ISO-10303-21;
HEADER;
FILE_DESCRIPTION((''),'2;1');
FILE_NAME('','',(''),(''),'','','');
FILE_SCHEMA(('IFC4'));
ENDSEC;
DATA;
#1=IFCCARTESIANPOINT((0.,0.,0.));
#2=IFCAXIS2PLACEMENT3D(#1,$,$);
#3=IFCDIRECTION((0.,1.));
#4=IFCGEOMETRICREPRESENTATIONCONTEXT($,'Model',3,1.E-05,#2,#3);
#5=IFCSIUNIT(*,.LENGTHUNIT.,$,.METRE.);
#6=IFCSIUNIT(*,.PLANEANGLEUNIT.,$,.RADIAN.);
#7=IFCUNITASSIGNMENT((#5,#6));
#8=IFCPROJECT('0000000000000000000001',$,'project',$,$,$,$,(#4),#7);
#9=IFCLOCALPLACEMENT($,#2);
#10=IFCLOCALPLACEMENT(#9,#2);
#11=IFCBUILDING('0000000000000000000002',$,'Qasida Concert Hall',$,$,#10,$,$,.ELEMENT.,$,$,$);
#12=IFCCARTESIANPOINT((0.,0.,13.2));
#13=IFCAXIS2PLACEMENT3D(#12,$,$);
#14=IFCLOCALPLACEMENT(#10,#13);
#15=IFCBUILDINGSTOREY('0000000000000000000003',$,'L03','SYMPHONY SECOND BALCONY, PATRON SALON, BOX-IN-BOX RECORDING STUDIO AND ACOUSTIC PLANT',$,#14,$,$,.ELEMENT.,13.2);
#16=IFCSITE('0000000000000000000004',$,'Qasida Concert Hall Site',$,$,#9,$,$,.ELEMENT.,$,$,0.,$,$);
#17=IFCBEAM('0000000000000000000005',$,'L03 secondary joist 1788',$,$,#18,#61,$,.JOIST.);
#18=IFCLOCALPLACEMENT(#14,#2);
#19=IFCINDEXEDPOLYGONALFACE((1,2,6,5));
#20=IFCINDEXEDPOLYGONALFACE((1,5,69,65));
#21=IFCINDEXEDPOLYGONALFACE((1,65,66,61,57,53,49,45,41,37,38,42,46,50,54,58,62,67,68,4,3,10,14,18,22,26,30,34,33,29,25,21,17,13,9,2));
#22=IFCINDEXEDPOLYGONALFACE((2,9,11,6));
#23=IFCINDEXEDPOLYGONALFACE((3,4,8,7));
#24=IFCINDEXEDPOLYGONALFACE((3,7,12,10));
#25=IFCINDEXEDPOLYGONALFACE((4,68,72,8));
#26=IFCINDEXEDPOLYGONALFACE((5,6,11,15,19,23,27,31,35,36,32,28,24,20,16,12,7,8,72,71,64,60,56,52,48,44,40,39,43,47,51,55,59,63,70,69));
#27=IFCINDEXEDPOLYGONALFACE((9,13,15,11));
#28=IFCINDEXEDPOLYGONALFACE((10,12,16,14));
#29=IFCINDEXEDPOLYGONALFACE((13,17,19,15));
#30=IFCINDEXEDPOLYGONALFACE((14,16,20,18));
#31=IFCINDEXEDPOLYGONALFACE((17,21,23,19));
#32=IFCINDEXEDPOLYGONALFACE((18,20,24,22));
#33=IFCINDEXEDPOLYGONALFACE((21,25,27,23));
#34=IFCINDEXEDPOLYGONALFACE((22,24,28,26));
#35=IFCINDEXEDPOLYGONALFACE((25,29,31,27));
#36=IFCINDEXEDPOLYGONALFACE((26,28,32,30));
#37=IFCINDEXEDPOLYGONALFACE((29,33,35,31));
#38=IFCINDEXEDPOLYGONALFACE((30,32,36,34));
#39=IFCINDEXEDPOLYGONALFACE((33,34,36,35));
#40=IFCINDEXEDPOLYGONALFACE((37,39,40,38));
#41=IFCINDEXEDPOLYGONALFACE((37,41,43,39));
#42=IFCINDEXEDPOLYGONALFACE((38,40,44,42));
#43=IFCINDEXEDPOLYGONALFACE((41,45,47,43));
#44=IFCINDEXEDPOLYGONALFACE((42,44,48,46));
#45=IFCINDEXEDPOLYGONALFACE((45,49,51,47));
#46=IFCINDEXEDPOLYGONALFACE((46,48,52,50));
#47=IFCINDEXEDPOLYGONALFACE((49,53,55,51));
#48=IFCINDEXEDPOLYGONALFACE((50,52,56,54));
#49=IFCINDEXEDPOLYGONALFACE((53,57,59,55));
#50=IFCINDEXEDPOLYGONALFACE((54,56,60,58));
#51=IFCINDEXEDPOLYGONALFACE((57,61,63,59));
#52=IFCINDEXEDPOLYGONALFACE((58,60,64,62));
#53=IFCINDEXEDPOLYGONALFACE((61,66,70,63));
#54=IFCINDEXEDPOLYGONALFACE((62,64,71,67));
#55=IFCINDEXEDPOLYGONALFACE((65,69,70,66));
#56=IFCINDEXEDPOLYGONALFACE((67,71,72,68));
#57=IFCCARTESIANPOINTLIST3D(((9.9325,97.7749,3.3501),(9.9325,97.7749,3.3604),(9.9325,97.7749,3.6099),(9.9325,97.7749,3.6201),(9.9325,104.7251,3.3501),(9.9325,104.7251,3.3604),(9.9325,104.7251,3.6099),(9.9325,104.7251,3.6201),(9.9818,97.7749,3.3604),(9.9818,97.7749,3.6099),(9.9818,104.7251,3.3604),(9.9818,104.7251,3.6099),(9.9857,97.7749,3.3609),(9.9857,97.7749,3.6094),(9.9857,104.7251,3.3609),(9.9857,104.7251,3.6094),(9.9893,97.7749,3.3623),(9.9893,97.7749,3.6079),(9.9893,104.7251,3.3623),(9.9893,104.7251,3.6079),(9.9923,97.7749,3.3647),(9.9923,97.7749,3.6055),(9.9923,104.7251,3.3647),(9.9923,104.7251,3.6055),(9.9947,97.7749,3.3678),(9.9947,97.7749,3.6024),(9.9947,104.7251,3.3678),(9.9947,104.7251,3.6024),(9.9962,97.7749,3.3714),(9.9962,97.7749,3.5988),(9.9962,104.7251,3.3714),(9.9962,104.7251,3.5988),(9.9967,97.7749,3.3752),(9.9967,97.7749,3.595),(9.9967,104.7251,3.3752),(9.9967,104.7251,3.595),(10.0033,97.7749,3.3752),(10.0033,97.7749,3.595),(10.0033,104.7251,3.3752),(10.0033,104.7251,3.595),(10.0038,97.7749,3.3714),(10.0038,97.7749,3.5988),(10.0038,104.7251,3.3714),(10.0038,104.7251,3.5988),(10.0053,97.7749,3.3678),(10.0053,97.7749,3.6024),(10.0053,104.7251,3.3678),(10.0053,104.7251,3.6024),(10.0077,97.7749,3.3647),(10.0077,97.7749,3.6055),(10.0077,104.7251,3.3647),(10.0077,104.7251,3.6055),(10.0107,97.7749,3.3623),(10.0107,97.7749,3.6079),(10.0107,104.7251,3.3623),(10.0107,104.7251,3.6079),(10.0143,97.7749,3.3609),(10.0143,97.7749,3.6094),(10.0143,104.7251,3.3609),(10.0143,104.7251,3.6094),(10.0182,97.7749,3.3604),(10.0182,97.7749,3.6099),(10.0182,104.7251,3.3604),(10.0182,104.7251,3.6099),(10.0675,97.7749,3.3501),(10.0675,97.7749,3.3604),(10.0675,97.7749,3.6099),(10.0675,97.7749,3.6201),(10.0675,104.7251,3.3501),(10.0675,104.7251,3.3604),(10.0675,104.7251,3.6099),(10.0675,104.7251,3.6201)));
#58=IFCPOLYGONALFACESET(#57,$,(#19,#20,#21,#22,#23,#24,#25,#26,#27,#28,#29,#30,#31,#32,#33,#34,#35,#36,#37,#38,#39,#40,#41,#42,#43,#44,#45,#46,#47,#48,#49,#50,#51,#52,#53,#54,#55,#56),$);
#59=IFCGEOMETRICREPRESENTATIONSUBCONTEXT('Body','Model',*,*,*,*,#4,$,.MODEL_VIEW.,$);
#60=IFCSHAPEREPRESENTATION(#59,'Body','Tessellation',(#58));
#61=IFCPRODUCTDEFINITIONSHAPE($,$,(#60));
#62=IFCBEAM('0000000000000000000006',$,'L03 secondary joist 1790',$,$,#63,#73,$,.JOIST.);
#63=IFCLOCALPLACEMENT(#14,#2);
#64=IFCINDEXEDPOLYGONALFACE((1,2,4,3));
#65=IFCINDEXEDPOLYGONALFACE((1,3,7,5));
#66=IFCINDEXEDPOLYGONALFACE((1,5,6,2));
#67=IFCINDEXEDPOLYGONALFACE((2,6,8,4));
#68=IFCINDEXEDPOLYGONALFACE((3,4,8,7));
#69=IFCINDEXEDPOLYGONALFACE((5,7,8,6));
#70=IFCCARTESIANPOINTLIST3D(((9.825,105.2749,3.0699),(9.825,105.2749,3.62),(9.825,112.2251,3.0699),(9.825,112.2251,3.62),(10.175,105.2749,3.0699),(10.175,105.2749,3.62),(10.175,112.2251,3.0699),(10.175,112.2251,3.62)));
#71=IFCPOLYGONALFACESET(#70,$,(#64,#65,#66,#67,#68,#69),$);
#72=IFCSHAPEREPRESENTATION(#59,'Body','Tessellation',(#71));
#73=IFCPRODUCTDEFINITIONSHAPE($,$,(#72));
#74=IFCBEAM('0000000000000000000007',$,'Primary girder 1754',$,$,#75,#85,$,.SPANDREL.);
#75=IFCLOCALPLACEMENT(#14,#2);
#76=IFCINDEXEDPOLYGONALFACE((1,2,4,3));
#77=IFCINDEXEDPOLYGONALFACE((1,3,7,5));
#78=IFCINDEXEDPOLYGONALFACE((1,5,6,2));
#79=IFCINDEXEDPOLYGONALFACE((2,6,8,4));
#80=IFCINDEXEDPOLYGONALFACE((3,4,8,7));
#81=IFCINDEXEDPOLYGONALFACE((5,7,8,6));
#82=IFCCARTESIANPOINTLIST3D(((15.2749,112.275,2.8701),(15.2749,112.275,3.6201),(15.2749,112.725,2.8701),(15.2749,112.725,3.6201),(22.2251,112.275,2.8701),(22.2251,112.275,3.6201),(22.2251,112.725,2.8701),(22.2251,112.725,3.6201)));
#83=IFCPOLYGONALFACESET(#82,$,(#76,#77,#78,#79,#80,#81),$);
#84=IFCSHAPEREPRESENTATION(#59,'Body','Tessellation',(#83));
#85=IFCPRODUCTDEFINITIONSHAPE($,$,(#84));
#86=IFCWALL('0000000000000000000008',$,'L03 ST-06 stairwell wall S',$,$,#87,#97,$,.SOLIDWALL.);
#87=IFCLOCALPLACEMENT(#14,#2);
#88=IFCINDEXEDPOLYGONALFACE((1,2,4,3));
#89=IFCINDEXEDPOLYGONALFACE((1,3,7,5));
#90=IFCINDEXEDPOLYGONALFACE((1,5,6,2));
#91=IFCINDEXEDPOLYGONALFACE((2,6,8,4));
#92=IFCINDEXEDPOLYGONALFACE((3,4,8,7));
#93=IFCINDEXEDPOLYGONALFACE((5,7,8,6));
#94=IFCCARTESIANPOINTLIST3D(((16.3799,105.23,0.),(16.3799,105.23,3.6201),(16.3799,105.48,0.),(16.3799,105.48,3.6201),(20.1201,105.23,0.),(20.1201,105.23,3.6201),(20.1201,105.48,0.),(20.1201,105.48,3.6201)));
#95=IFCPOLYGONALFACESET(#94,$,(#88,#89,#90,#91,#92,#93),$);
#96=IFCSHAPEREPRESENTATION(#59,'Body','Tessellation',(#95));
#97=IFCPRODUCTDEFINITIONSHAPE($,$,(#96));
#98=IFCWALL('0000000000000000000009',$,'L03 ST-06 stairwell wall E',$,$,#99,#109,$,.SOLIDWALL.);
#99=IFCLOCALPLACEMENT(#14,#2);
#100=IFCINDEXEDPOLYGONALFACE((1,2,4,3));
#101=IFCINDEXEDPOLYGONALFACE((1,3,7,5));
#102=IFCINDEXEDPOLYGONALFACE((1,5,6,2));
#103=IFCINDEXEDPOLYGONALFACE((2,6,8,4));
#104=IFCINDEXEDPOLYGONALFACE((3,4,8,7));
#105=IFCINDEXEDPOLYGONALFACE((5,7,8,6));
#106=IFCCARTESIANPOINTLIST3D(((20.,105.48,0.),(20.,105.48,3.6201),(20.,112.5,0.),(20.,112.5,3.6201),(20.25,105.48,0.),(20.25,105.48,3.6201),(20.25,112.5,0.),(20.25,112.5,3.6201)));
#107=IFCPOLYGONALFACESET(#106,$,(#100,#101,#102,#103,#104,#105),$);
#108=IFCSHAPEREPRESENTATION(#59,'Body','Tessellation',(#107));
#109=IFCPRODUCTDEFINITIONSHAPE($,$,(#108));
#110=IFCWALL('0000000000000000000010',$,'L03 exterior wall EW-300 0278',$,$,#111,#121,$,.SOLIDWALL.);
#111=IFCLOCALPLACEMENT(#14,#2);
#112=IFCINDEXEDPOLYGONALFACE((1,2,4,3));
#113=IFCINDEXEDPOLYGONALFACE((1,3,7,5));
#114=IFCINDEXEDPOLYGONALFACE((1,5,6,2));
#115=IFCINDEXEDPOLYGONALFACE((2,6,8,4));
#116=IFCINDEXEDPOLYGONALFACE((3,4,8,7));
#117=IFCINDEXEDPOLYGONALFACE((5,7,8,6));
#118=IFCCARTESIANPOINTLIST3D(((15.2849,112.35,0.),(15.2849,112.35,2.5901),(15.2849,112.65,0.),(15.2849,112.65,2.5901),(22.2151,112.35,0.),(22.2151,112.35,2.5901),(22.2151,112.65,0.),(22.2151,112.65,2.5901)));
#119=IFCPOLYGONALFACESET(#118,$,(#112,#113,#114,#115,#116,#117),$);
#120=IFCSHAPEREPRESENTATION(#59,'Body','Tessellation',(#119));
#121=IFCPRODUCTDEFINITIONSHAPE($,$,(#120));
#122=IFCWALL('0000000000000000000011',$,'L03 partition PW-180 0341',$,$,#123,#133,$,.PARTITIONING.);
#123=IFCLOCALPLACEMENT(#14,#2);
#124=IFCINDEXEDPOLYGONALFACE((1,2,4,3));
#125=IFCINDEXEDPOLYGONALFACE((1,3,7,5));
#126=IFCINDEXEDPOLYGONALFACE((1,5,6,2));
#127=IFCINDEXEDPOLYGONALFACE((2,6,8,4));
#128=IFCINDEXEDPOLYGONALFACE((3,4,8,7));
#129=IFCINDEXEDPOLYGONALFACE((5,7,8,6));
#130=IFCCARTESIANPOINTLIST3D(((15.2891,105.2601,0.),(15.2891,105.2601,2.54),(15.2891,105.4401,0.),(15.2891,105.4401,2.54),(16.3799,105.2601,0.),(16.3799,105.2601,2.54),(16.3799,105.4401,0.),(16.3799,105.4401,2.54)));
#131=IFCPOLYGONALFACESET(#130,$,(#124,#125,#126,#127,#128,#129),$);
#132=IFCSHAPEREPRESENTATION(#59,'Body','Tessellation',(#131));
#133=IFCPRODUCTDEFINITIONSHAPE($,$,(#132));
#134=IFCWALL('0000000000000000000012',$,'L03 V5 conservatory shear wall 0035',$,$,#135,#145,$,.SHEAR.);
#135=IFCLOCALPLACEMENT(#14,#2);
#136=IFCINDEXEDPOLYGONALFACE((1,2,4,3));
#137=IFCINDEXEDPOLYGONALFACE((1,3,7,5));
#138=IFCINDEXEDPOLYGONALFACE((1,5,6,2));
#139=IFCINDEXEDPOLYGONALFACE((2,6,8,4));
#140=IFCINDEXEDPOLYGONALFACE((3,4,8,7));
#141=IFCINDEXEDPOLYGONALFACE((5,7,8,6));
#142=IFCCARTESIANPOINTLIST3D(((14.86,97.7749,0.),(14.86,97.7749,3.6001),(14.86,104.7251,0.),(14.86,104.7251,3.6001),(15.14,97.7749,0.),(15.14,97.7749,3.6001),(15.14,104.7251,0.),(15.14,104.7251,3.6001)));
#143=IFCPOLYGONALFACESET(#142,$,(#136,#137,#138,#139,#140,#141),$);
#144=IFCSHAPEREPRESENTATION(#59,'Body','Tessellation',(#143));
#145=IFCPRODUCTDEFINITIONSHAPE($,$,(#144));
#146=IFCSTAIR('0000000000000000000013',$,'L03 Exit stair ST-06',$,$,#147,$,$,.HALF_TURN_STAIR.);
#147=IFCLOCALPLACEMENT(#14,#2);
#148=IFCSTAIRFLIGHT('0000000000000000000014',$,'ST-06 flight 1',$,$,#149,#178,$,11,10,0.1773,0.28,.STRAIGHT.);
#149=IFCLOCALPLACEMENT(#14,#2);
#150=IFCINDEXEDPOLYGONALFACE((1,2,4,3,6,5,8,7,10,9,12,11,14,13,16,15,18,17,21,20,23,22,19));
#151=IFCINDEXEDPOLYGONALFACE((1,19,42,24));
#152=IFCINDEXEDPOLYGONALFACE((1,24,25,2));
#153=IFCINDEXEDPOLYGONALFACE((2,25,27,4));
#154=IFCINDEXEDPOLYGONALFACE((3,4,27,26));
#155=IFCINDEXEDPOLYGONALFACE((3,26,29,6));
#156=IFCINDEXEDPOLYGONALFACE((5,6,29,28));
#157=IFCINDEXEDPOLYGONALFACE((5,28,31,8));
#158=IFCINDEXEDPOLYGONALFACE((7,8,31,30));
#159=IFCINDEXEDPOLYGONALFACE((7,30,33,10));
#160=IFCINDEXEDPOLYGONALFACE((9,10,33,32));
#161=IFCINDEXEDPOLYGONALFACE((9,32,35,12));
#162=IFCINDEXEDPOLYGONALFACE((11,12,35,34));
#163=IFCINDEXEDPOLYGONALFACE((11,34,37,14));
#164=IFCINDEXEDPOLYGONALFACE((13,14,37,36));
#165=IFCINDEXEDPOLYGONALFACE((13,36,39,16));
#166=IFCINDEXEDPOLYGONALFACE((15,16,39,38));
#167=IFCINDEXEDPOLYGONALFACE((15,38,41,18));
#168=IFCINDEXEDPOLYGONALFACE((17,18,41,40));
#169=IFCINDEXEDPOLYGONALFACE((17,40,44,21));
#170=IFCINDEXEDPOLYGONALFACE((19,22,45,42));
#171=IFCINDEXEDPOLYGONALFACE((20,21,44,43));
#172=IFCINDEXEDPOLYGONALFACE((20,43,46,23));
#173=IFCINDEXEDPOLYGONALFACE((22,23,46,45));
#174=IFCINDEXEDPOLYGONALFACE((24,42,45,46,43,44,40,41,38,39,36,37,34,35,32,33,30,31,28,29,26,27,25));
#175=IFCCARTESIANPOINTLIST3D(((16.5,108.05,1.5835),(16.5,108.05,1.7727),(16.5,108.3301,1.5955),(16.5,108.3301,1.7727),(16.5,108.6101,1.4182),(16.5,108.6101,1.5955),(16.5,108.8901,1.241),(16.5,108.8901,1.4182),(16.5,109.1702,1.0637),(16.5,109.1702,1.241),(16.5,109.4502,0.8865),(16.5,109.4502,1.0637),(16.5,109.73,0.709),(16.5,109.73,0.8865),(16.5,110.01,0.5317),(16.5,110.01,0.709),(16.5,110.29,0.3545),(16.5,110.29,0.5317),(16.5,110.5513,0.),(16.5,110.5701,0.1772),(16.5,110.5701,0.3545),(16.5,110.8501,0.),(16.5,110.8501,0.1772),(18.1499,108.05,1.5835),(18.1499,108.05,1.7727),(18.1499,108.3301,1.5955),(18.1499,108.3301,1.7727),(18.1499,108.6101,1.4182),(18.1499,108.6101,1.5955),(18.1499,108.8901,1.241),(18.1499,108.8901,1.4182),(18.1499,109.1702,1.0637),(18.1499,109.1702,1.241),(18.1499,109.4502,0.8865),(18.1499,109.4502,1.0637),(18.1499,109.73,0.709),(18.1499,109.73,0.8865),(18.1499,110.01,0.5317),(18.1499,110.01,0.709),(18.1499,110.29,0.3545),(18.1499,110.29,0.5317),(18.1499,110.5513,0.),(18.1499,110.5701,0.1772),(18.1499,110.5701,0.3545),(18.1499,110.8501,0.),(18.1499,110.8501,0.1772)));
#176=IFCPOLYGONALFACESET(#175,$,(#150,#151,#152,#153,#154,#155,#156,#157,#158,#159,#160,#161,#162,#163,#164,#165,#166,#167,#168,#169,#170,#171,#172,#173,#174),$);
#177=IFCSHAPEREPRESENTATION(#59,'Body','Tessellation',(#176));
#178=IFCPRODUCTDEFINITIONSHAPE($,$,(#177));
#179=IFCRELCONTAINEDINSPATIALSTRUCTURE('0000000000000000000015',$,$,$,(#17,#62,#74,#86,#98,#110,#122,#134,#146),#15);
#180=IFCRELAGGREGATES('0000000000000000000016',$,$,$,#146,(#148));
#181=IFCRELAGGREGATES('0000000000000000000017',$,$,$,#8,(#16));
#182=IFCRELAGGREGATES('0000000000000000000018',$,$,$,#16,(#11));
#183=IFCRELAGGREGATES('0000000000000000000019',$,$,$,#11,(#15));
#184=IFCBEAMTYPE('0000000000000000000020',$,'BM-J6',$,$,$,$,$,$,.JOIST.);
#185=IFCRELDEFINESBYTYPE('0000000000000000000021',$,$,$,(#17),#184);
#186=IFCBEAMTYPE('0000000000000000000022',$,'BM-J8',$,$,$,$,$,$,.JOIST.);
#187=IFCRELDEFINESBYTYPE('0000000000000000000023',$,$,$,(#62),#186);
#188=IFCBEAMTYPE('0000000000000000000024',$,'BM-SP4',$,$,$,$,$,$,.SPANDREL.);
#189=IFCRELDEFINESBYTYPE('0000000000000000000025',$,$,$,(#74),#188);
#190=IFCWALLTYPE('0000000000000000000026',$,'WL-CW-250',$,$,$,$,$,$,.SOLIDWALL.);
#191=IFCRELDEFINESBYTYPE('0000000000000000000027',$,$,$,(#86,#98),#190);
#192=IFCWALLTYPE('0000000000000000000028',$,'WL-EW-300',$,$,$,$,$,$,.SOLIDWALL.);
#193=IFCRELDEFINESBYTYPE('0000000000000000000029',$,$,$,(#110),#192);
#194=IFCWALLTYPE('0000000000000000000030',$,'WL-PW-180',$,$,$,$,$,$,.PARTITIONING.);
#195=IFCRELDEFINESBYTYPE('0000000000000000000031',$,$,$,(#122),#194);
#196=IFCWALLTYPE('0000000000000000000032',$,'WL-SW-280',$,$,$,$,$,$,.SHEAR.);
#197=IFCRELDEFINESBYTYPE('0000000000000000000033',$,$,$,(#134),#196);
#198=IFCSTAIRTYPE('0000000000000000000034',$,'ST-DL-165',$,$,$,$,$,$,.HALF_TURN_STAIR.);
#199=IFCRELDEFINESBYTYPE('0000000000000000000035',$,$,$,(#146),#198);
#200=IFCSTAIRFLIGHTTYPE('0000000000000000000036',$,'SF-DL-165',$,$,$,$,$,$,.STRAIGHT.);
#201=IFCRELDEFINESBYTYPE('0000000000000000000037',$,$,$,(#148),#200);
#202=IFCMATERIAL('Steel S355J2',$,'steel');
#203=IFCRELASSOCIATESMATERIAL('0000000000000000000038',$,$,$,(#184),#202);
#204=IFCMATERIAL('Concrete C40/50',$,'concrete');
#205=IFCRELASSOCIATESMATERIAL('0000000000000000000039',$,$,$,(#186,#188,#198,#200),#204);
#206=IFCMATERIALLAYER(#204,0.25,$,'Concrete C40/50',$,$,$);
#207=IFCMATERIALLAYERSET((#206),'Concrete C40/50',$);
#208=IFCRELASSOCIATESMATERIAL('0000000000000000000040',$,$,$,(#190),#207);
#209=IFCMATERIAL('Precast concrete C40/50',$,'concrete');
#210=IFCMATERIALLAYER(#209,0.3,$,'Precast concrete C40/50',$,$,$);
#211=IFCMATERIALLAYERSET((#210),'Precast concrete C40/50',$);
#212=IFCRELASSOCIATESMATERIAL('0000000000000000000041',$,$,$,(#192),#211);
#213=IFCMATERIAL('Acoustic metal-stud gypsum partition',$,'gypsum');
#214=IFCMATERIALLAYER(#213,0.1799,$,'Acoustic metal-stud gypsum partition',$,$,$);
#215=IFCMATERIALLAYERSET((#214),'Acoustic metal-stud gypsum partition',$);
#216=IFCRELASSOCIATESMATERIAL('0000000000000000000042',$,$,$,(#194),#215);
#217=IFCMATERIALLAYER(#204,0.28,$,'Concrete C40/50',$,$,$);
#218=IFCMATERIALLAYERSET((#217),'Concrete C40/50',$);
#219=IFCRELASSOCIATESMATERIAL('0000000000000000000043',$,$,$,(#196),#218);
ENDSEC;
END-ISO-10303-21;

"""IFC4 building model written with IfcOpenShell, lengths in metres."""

from ifc_helpers import new_model, si_unit, direction, frame, frame_2d, origin, origin_2d, place, context, subcontext, project, spatial, polyline, rectangle, i_section, outline, extrude, material, layer, layer_set, material_profile, profile_set, type_object, element, aggregate, save


model = new_model("IFC4")

# Units and contexts
model_context = context("Model", 3, precision=1e-05, world=origin(), true_north=direction((0.0, 1.0)))
body_context = subcontext(model_context, "Body", "Model", "MODEL_VIEW")
ifc_project = project(units=[si_unit("LENGTHUNIT", "METRE"), si_unit("PLANEANGLEUNIT", "RADIAN")], contexts=[model_context])

# Site, building, storey
site_placement = place(None, origin())
site = spatial("IfcSite", under=ifc_project, at=site_placement, Name="Qasida Concert Hall Site", CompositionType="ELEMENT", RefElevation=0.0)
building_placement = place(site_placement, origin())
building = spatial("IfcBuilding", under=site, at=building_placement, Name="Qasida Concert Hall", CompositionType="ELEMENT")
storey_placement = place(building_placement, frame((0.0, 0.0, 13.2)))
storey = spatial("IfcBuildingStorey", under=building, at=storey_placement, Name="L03", Description="SYMPHONY SECOND BALCONY, PATRON SALON, BOX-IN-BOX RECORDING STUDIO AND ACOUSTIC PLANT", CompositionType="ELEMENT", Elevation=13.2)

# Beams
ifc_material_1 = material(Name="Concrete C40/50", Category="concrete")
ifc_material_2 = material(Name="Steel S355J2", Category="steel")
ifc_material_profile_1 = material_profile(ifc_material_2, i_section(OverallWidth=0.135, OverallDepth=0.27, WebThickness=0.0066, FlangeThickness=0.0103, FilletRadius=0.0149, at=origin_2d()), Name="IPE 270")
ifc_profile_set_1 = profile_set([ifc_material_profile_1], Name="Steel S355J2")
beam_type_1 = type_object("IfcBeamType", Name="BM-J6", PredefinedType="JOIST", material=ifc_profile_set_1)
beam_1_placement = place(storey_placement, frame((10.0, 97.7749, 3.4851), z_axis=(0.0, 1.0, 0.0), x_axis=(-1.0, 0.0, 0.0)))
element("IfcBeam", 1, at=beam_1_placement, inside=storey, type_object=beam_type_1, Name="L03 secondary joist 1788", PredefinedType="JOIST", context=body_context, shape_type="SweptSolid", body=[
    extrude(i_section(OverallWidth=0.135, OverallDepth=0.27, WebThickness=0.0066, FlangeThickness=0.0103, FilletRadius=0.0149, at=origin_2d()), origin(), (0.0, 0.0, 1.0), 6.9502),
])
ifc_material_profile_2 = material_profile(ifc_material_1, rectangle(XDim=0.3501, YDim=0.55, at=origin_2d()), Name="RC 350x550")
ifc_profile_set_2 = profile_set([ifc_material_profile_2], Name="Concrete C40/50")
beam_type_2 = type_object("IfcBeamType", Name="BM-J8", PredefinedType="JOIST", material=ifc_profile_set_2)
beam_2_placement = place(storey_placement, frame((10.0, 105.2749, 3.345), z_axis=(0.0, 1.0, 0.0), x_axis=(-1.0, 0.0, 0.0)))
element("IfcBeam", 2, at=beam_2_placement, inside=storey, type_object=beam_type_2, Name="L03 secondary joist 1790", PredefinedType="JOIST", context=body_context, shape_type="SweptSolid", body=[
    extrude(rectangle(XDim=0.3501, YDim=0.55, at=origin_2d()), origin(), (0.0, 0.0, 1.0), 6.9502),
])
ifc_material_profile_3 = material_profile(ifc_material_1, rectangle(XDim=0.45, YDim=0.75, at=origin_2d()), Name="RC 450x750")
ifc_profile_set_3 = profile_set([ifc_material_profile_3], Name="Concrete C40/50")
beam_type_3 = type_object("IfcBeamType", Name="BM-SP4", PredefinedType="SPANDREL", material=ifc_profile_set_3)
beam_3_placement = place(storey_placement, frame((15.2749, 112.5, 3.2451), z_axis=(1.0, 0.0, 0.0), x_axis=(0.0, 1.0, 0.0)))
element("IfcBeam", 3, at=beam_3_placement, inside=storey, type_object=beam_type_3, Name="Primary girder 1754", PredefinedType="SPANDREL", context=body_context, shape_type="SweptSolid", body=[
    extrude(rectangle(XDim=0.45, YDim=0.75, at=origin_2d()), origin(), (0.0, 0.0, 1.0), 6.9502),
])

# Wall
ifc_layer_1 = layer(ifc_material_1, 0.25, Name="Concrete C40/50")
ifc_layer_set_1 = layer_set([ifc_layer_1], Name="Concrete C40/50")
wall_type_1 = type_object("IfcWallType", Name="WL-CW-250", PredefinedType="SOLIDWALL", material=ifc_layer_set_1)
wall_1_placement = place(storey_placement, frame((16.3799, 105.355, 0.0), z_axis=(0.0, 0.0, 1.0), x_axis=(1.0, 0.0, 0.0)))
element("IfcWall", 4, at=wall_1_placement, inside=storey, type_object=wall_type_1, Name="L03 ST-06 stairwell wall S", PredefinedType="SOLIDWALL", context=body_context, shape_type="SweptSolid", body=[
    extrude(rectangle(XDim=3.7402, YDim=0.25, at=frame_2d((1.8701, 0.0))), origin(), (0.0, 0.0, 1.0), 3.6201),
])

# Walls
wall_2_placement = place(storey_placement, frame((20.125, 105.48, 0.0), z_axis=(0.0, 0.0, 1.0), x_axis=(0.0, 1.0, 0.0)))
element("IfcWall", 5, at=wall_2_placement, inside=storey, type_object=wall_type_1, Name="L03 ST-06 stairwell wall E", PredefinedType="SOLIDWALL", context=body_context, shape_type="SweptSolid", body=[
    extrude(rectangle(XDim=7.02, YDim=0.25, at=frame_2d((3.51, 0.0))), origin(), (0.0, 0.0, 1.0), 3.6201),
])
ifc_material_3 = material(Name="Precast concrete C40/50", Category="concrete")
ifc_layer_2 = layer(ifc_material_3, 0.3, Name="Precast concrete C40/50")
ifc_layer_set_2 = layer_set([ifc_layer_2], Name="Precast concrete C40/50")
wall_type_2 = type_object("IfcWallType", Name="WL-EW-300", PredefinedType="SOLIDWALL", material=ifc_layer_set_2)
wall_3_placement = place(storey_placement, frame((15.2849, 112.5, 0.0), z_axis=(0.0, 0.0, 1.0), x_axis=(1.0, 0.0, 0.0)))
element("IfcWall", 6, at=wall_3_placement, inside=storey, type_object=wall_type_2, Name="L03 exterior wall EW-300 0278", PredefinedType="SOLIDWALL", context=body_context, shape_type="SweptSolid", body=[
    extrude(rectangle(XDim=6.9302, YDim=0.3, at=frame_2d((3.4651, 0.0))), origin(), (0.0, 0.0, 1.0), 2.5901),
])
ifc_material_4 = material(Name="Acoustic metal-stud gypsum partition", Category="gypsum")
ifc_layer_3 = layer(ifc_material_4, 0.1799, Name="Acoustic metal-stud gypsum partition")
ifc_layer_set_3 = layer_set([ifc_layer_3], Name="Acoustic metal-stud gypsum partition")
wall_type_3 = type_object("IfcWallType", Name="WL-PW-180", PredefinedType="PARTITIONING", material=ifc_layer_set_3)
wall_4_placement = place(storey_placement, frame((15.2891, 105.3501, 0.0), z_axis=(0.0, 0.0, 1.0), x_axis=(1.0, 0.0, 0.0)))
element("IfcWall", 7, at=wall_4_placement, inside=storey, type_object=wall_type_3, Name="L03 partition PW-180 0341", PredefinedType="PARTITIONING", context=body_context, shape_type="SweptSolid", body=[
    extrude(rectangle(XDim=1.0908, YDim=0.1799, at=frame_2d((0.5454, 0.0))), origin(), (0.0, 0.0, 1.0), 2.54),
])
ifc_layer_4 = layer(ifc_material_1, 0.28, Name="Concrete C40/50")
ifc_layer_set_4 = layer_set([ifc_layer_4], Name="Concrete C40/50")
wall_type_4 = type_object("IfcWallType", Name="WL-SW-280", PredefinedType="SHEAR", material=ifc_layer_set_4)
wall_5_placement = place(storey_placement, frame((15.0, 97.7749, 0.0), z_axis=(0.0, 0.0, 1.0), x_axis=(0.0, 1.0, 0.0)))
element("IfcWall", 8, at=wall_5_placement, inside=storey, type_object=wall_type_4, Name="L03 V5 conservatory shear wall 0035", PredefinedType="SHEAR", context=body_context, shape_type="SweptSolid", body=[
    extrude(rectangle(XDim=6.9502, YDim=0.28, at=frame_2d((3.4751, 0.0))), origin(), (0.0, 0.0, 1.0), 3.6001),
])

# Stair, stair flight
stair_type = type_object("IfcStairType", Name="ST-DL-165", PredefinedType="HALF_TURN_STAIR", material=ifc_material_1)
stair_placement = place(storey_placement, origin())
stair = element("IfcStair", 9, at=stair_placement, inside=storey, type_object=stair_type, Name="L03 Exit stair ST-06", PredefinedType="HALF_TURN_STAIR")
stair_flight_type = type_object("IfcStairFlightType", Name="SF-DL-165", PredefinedType="STRAIGHT", material=ifc_material_1)
stair_flight_1_placement = place(storey_placement, frame((17.325, 110.8501, 0.0), z_axis=(0.0, 0.0, 1.0), x_axis=(0.0, -1.0, 0.0)))
stair_flight_1 = element("IfcStairFlight", 10, at=stair_flight_1_placement, type_object=stair_flight_type, Name="ST-06 flight 1", NumberOfRisers=11, NumberOfTreads=10, PredefinedType="STRAIGHT", RiserHeight=0.1773, TreadLength=0.28, context=body_context, shape_type="SweptSolid", body=[
    extrude(outline(polyline([(0.0, 0.0), (0.0, 0.1772), (0.28, 0.1772), (0.28, 0.3545), (0.5601, 0.3545), (0.5601, 0.5317), (0.8401, 0.5317), (0.8401, 0.709), (1.1201, 0.709), (1.1201, 0.8865), (1.3999, 0.8865), (1.3999, 1.0637), (1.6799, 1.0637), (1.6799, 1.241), (1.96, 1.241), (1.96, 1.4182), (2.24, 1.4182), (2.24, 1.5955), (2.52, 1.5955), (2.52, 1.7727), (2.8, 1.7727), (2.8, 1.95), (2.8, 1.5835), (0.2988, 0.0), (0.0, 0.0)])), frame((0.0, 0.825, 0.0), z_axis=(0.0, -1.0, 0.0), x_axis=(1.0, 0.0, 0.0)), (0.0, 0.0, 1.0), 1.6499),
])
aggregate(stair, [stair_flight_1])

save(model, "model.ifc")
